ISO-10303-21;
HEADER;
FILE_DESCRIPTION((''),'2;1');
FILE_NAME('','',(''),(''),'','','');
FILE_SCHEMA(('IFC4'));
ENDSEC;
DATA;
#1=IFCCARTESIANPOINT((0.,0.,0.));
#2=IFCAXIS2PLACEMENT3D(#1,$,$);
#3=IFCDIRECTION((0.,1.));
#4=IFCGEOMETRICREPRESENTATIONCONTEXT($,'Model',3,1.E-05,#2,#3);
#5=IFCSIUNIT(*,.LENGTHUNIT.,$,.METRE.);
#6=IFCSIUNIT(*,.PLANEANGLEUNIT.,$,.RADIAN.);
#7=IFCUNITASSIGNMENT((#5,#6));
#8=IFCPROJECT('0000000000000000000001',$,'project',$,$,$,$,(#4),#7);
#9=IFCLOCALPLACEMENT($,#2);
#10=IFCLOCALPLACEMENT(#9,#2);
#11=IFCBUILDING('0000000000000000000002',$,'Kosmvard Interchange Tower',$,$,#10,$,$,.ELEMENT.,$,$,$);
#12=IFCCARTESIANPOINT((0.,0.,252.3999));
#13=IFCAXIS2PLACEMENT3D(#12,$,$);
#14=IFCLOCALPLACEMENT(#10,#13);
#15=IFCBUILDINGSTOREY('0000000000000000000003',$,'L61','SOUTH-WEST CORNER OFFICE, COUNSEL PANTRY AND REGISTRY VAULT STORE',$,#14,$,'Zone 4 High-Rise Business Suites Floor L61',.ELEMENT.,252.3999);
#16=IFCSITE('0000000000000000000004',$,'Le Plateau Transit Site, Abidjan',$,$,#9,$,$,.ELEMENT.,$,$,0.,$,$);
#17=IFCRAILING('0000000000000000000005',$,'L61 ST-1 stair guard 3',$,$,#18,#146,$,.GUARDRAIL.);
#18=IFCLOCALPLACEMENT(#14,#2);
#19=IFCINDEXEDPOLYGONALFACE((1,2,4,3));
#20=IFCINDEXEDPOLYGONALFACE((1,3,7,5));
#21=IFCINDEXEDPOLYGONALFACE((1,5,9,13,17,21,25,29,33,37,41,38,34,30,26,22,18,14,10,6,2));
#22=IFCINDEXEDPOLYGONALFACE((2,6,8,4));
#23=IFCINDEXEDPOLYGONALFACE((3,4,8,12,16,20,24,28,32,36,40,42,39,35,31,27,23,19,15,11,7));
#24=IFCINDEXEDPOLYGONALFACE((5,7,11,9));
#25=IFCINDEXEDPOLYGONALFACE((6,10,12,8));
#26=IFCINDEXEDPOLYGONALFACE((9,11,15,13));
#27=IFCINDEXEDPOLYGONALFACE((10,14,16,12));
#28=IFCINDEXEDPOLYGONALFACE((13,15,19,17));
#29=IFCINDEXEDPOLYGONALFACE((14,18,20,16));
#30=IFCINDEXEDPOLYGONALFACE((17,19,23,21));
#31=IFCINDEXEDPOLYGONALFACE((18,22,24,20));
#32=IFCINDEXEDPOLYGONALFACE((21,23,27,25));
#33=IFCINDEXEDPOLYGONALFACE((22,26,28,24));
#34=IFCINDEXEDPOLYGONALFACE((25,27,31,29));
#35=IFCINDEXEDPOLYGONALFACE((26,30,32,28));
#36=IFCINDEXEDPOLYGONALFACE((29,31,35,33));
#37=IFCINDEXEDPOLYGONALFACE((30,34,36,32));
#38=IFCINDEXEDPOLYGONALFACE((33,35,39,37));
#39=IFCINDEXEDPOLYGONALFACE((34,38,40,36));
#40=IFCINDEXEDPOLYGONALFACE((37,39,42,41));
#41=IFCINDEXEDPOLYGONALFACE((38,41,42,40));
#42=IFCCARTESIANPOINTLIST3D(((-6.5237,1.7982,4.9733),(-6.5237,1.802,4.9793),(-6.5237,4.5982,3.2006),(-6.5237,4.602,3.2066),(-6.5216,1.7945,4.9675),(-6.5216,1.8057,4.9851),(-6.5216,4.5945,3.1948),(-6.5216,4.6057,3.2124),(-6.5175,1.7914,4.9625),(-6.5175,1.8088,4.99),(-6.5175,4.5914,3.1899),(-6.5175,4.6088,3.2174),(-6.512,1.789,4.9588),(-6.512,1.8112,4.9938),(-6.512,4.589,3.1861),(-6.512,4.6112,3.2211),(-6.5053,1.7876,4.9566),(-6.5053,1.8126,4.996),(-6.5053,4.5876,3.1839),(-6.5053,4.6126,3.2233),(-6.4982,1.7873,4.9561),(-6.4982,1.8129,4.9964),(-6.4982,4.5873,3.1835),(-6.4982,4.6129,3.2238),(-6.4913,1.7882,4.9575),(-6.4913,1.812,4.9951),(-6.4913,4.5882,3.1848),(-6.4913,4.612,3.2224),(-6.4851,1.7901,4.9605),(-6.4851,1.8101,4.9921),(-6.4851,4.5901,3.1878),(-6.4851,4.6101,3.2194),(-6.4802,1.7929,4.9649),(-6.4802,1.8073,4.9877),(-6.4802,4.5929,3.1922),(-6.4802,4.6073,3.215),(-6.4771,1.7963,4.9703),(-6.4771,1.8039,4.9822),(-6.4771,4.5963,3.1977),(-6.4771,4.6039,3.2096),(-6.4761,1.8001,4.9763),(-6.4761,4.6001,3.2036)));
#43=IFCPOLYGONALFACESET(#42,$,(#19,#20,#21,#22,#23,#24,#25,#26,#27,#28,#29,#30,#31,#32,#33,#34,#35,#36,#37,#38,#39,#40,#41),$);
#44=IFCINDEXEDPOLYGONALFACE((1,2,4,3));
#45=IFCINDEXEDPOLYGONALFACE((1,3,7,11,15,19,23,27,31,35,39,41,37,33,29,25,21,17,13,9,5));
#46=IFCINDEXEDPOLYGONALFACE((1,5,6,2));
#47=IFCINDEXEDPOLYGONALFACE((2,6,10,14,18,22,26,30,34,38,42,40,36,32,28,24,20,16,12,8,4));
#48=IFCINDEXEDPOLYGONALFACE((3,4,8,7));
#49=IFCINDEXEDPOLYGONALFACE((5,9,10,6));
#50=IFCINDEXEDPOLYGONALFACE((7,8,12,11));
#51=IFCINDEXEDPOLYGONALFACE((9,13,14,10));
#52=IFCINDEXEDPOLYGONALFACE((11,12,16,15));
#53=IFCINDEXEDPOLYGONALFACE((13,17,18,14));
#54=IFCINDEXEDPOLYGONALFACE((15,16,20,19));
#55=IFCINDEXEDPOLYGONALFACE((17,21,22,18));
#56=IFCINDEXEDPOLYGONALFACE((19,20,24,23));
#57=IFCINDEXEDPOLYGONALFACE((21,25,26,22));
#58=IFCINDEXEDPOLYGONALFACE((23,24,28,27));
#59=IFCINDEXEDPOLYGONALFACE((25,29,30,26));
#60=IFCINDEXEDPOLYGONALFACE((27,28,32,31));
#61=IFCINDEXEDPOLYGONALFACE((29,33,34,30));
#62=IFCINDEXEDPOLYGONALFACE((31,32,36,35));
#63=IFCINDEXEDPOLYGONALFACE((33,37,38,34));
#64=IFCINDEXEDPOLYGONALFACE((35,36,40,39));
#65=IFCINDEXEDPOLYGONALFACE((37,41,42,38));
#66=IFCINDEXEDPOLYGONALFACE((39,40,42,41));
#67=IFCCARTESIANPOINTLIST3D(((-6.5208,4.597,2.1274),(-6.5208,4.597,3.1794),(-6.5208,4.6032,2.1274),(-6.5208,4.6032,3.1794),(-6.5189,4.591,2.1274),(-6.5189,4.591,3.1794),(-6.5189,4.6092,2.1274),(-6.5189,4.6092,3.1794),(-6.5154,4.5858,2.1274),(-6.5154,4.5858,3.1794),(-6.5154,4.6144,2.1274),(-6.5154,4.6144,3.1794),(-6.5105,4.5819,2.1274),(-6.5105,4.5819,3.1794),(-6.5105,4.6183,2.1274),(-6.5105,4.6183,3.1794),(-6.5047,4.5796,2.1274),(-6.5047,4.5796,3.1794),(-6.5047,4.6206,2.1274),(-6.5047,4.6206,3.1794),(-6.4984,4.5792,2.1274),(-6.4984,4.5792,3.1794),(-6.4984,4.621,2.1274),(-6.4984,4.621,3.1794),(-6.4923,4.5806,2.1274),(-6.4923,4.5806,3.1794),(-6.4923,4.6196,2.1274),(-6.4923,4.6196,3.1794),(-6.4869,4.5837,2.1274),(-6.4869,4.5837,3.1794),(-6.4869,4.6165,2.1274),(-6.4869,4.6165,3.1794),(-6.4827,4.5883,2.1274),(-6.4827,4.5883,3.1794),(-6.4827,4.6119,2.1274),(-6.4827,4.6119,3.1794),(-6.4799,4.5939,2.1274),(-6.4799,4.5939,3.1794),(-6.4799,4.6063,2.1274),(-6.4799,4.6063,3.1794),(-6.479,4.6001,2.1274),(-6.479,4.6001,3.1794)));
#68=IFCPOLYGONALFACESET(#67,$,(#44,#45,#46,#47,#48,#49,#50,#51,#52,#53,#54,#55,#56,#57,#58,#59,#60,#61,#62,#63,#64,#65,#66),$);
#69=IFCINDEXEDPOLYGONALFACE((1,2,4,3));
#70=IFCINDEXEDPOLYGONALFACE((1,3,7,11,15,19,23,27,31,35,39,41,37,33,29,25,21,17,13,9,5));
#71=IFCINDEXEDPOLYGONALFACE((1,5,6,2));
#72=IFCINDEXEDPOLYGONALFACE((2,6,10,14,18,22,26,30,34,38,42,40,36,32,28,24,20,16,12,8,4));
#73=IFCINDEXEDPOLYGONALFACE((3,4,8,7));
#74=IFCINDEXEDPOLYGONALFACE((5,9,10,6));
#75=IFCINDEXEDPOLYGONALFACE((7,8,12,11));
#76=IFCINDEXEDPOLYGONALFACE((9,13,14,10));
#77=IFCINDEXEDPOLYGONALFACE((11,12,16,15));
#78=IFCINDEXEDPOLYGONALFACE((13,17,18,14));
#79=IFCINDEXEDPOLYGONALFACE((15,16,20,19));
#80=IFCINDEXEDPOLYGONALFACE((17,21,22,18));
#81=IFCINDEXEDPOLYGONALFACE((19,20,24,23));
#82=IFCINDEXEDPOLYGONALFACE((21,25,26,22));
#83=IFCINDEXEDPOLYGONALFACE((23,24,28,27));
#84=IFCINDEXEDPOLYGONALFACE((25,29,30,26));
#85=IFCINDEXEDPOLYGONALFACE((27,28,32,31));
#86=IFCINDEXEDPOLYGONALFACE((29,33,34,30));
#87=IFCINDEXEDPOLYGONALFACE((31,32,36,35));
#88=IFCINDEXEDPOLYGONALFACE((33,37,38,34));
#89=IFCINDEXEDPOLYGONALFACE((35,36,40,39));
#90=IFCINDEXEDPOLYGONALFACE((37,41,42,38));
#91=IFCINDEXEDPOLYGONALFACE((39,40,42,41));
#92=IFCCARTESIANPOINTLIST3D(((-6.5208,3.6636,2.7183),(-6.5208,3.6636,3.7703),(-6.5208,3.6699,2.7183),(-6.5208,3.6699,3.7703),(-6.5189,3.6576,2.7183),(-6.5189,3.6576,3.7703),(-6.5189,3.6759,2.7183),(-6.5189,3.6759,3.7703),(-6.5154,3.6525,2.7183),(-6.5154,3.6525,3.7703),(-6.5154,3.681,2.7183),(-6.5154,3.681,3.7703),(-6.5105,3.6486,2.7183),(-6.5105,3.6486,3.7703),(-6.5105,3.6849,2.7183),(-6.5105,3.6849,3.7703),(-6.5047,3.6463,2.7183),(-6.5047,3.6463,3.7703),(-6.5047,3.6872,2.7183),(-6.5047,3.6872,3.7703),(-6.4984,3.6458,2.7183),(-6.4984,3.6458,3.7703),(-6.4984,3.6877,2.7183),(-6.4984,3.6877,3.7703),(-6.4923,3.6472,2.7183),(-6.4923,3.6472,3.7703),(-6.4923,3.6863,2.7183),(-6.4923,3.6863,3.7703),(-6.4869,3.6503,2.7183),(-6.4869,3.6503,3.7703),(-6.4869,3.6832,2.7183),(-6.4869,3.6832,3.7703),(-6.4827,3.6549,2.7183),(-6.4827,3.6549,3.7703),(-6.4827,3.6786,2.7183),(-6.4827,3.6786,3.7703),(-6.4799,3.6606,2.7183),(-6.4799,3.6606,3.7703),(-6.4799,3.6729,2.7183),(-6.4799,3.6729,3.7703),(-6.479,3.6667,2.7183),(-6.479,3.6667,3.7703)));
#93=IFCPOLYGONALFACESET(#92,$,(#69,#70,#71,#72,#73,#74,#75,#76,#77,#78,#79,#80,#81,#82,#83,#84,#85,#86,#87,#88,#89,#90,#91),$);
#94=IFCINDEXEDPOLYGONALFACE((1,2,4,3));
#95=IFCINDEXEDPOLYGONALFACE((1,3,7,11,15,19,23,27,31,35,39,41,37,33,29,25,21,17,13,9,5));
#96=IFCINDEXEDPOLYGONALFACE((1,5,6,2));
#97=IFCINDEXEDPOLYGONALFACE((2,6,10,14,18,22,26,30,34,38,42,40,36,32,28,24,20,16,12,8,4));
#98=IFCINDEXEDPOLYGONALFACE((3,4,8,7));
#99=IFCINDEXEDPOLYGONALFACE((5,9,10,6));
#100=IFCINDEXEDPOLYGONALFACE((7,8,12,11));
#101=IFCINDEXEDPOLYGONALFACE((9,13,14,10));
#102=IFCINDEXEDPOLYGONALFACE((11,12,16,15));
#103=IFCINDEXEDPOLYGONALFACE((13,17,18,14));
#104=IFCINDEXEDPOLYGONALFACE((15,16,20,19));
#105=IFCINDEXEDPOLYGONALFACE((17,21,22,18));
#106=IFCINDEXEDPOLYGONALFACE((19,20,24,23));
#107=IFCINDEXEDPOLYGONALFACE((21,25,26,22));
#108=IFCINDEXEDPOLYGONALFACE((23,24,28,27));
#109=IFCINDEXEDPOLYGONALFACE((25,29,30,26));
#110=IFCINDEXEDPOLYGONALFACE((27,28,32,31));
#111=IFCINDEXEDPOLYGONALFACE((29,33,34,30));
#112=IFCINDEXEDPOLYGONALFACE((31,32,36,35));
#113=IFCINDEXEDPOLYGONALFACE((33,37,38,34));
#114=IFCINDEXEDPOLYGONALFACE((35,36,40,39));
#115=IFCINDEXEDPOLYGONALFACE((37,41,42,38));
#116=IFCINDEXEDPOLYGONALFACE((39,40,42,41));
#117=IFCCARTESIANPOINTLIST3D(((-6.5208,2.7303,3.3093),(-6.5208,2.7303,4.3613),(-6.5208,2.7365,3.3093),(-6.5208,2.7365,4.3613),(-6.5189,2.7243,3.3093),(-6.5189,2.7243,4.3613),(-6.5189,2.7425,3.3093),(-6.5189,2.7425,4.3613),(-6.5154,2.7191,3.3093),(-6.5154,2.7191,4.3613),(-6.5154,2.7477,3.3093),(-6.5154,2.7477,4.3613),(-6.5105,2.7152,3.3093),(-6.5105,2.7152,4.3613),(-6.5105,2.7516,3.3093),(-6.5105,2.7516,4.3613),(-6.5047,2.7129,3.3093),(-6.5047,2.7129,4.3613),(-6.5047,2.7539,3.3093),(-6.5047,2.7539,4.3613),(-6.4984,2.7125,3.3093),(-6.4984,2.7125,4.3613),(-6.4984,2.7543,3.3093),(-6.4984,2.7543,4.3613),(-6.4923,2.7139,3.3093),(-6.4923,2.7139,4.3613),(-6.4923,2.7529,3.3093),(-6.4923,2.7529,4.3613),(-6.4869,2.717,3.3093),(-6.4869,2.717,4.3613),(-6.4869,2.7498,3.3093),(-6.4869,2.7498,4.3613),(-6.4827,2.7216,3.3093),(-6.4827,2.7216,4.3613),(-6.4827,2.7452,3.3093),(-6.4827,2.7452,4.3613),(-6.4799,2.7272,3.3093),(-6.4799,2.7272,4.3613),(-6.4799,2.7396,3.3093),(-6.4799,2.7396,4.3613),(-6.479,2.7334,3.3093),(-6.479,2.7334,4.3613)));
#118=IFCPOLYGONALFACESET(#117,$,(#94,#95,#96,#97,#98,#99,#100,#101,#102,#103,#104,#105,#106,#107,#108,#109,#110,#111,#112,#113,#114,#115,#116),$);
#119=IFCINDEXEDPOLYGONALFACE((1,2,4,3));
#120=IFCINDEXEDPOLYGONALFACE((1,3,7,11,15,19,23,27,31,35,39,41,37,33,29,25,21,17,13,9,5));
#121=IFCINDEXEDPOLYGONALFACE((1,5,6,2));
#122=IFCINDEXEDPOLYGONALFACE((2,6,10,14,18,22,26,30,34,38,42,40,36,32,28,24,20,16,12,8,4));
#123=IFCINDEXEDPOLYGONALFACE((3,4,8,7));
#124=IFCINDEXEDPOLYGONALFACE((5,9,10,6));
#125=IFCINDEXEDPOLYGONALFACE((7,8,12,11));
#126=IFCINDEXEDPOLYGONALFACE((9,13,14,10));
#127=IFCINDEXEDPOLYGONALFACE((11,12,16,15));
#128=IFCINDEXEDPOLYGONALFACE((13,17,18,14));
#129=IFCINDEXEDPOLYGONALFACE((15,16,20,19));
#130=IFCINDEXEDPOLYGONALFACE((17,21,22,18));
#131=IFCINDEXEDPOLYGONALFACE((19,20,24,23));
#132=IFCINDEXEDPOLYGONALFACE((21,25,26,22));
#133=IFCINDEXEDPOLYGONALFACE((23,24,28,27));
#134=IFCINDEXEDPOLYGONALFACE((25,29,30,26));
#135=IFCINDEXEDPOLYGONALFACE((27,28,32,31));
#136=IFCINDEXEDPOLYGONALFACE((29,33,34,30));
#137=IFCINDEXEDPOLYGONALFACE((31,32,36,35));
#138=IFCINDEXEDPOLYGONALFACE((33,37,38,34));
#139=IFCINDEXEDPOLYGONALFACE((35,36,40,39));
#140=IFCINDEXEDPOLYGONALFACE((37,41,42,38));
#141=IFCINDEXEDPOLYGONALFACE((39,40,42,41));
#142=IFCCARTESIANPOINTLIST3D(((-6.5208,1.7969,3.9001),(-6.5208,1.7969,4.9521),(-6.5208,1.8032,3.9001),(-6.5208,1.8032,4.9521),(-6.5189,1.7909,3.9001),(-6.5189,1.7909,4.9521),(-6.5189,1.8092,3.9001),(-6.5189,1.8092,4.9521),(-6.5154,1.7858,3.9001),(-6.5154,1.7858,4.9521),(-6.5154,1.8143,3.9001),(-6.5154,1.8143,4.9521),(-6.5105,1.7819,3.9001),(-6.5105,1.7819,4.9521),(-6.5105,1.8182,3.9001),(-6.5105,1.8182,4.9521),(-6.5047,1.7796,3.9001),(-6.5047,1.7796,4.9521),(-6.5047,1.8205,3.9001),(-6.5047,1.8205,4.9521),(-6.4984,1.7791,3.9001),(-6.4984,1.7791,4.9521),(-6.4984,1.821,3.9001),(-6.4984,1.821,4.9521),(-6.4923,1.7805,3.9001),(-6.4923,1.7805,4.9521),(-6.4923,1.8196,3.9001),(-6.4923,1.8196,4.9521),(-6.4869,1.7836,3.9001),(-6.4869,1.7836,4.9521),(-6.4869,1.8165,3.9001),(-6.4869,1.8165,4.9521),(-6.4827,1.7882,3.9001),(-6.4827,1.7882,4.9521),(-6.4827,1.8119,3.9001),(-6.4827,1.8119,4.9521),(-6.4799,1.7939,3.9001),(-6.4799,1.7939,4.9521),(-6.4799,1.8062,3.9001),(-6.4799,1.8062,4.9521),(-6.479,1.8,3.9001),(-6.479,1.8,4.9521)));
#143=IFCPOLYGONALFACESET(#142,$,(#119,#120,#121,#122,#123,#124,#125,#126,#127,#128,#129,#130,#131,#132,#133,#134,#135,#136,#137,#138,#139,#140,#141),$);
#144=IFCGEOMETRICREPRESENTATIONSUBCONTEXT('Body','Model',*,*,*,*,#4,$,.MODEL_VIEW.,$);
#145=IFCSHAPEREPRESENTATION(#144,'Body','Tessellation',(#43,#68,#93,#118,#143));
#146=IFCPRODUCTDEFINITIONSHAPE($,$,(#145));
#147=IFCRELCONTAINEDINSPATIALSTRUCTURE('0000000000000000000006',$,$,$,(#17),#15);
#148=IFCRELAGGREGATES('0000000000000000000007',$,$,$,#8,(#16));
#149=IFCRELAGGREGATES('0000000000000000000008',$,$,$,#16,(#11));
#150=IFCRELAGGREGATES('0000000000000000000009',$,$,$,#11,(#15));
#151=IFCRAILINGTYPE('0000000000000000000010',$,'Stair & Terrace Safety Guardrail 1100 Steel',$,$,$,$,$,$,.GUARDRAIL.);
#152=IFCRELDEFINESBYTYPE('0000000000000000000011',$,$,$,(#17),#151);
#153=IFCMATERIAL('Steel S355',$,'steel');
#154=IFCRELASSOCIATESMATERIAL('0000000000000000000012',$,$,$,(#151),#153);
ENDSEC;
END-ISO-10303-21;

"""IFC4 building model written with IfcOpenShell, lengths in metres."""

from ifc_helpers import new_model, si_unit, direction, frame, origin, origin_2d, place, context, subcontext, project, spatial, circle, extrude, source, transform, mapped, material, type_object, element, save


model = new_model("IFC4")

# Units and contexts
model_context = context("Model", 3, precision=1e-05, world=origin(), true_north=direction((0.0, 1.0)))
body_context = subcontext(model_context, "Body", "Model", "MODEL_VIEW")
ifc_project = project(units=[si_unit("LENGTHUNIT", "METRE"), si_unit("PLANEANGLEUNIT", "RADIAN")], contexts=[model_context])

# Site, building, storey
site_placement = place(None, origin())
site = spatial("IfcSite", under=ifc_project, at=site_placement, Name="Le Plateau Transit Site, Abidjan", CompositionType="ELEMENT", RefElevation=0.0)
building_placement = place(site_placement, origin())
building = spatial("IfcBuilding", under=site, at=building_placement, Name="Kosmvard Interchange Tower", CompositionType="ELEMENT")
storey_placement = place(building_placement, frame((0.0, 0.0, 252.3999)))
storey = spatial("IfcBuildingStorey", under=building, at=storey_placement, Name="L61", Description="SOUTH-WEST CORNER OFFICE, COUNSEL PANTRY AND REGISTRY VAULT STORE", LongName="Zone 4 High-Rise Business Suites Floor L61", CompositionType="ELEMENT", Elevation=252.3999)

# Railing
ifc_material_1 = material(Name="Steel S355", Category="steel")
railing_type_1 = type_object("IfcRailingType", Name="Stair & Terrace Safety Guardrail 1100 Steel", PredefinedType="GUARDRAIL", material=ifc_material_1)
shared_shape_1 = source(origin(), body_context, "Body", "SweptSolid", [
    extrude(circle(Radius=0.0239, at=origin_2d()), frame((0.0, 0.0, 1.0762), z_axis=(0.0, -0.844909, 0.53491), x_axis=(1.0, 0.0, 0.0)), (0.0, 0.0, 1.0), 3.314),
    extrude(circle(Radius=0.021, at=origin_2d()), origin(), (0.0, 0.0, 1.0), 1.052),
    extrude(circle(Radius=0.021, at=origin_2d()), frame((0.0, -0.9333, 0.5908)), (0.0, 0.0, 1.0), 1.052),
    extrude(circle(Radius=0.021, at=origin_2d()), frame((0.0, -1.8667, 1.1819)), (0.0, 0.0, 1.0), 1.052),
    extrude(circle(Radius=0.021, at=origin_2d()), frame((0.0, -2.8, 1.7727)), (0.0, 0.0, 1.0), 1.052),
])
railing_1_placement = place(storey_placement, frame((-6.5, 4.6001, 2.1274)))
element("IfcRailing", 1, at=railing_1_placement, inside=storey, type_object=railing_type_1, Name="L61 ST-1 stair guard 3", PredefinedType="GUARDRAIL", context=body_context, shape_type="MappedRepresentation", body=[
    mapped(shared_shape_1, transform((0.0, 0.0, 0.0), scale=1.0)),
])

save(model, "model.ifc")
